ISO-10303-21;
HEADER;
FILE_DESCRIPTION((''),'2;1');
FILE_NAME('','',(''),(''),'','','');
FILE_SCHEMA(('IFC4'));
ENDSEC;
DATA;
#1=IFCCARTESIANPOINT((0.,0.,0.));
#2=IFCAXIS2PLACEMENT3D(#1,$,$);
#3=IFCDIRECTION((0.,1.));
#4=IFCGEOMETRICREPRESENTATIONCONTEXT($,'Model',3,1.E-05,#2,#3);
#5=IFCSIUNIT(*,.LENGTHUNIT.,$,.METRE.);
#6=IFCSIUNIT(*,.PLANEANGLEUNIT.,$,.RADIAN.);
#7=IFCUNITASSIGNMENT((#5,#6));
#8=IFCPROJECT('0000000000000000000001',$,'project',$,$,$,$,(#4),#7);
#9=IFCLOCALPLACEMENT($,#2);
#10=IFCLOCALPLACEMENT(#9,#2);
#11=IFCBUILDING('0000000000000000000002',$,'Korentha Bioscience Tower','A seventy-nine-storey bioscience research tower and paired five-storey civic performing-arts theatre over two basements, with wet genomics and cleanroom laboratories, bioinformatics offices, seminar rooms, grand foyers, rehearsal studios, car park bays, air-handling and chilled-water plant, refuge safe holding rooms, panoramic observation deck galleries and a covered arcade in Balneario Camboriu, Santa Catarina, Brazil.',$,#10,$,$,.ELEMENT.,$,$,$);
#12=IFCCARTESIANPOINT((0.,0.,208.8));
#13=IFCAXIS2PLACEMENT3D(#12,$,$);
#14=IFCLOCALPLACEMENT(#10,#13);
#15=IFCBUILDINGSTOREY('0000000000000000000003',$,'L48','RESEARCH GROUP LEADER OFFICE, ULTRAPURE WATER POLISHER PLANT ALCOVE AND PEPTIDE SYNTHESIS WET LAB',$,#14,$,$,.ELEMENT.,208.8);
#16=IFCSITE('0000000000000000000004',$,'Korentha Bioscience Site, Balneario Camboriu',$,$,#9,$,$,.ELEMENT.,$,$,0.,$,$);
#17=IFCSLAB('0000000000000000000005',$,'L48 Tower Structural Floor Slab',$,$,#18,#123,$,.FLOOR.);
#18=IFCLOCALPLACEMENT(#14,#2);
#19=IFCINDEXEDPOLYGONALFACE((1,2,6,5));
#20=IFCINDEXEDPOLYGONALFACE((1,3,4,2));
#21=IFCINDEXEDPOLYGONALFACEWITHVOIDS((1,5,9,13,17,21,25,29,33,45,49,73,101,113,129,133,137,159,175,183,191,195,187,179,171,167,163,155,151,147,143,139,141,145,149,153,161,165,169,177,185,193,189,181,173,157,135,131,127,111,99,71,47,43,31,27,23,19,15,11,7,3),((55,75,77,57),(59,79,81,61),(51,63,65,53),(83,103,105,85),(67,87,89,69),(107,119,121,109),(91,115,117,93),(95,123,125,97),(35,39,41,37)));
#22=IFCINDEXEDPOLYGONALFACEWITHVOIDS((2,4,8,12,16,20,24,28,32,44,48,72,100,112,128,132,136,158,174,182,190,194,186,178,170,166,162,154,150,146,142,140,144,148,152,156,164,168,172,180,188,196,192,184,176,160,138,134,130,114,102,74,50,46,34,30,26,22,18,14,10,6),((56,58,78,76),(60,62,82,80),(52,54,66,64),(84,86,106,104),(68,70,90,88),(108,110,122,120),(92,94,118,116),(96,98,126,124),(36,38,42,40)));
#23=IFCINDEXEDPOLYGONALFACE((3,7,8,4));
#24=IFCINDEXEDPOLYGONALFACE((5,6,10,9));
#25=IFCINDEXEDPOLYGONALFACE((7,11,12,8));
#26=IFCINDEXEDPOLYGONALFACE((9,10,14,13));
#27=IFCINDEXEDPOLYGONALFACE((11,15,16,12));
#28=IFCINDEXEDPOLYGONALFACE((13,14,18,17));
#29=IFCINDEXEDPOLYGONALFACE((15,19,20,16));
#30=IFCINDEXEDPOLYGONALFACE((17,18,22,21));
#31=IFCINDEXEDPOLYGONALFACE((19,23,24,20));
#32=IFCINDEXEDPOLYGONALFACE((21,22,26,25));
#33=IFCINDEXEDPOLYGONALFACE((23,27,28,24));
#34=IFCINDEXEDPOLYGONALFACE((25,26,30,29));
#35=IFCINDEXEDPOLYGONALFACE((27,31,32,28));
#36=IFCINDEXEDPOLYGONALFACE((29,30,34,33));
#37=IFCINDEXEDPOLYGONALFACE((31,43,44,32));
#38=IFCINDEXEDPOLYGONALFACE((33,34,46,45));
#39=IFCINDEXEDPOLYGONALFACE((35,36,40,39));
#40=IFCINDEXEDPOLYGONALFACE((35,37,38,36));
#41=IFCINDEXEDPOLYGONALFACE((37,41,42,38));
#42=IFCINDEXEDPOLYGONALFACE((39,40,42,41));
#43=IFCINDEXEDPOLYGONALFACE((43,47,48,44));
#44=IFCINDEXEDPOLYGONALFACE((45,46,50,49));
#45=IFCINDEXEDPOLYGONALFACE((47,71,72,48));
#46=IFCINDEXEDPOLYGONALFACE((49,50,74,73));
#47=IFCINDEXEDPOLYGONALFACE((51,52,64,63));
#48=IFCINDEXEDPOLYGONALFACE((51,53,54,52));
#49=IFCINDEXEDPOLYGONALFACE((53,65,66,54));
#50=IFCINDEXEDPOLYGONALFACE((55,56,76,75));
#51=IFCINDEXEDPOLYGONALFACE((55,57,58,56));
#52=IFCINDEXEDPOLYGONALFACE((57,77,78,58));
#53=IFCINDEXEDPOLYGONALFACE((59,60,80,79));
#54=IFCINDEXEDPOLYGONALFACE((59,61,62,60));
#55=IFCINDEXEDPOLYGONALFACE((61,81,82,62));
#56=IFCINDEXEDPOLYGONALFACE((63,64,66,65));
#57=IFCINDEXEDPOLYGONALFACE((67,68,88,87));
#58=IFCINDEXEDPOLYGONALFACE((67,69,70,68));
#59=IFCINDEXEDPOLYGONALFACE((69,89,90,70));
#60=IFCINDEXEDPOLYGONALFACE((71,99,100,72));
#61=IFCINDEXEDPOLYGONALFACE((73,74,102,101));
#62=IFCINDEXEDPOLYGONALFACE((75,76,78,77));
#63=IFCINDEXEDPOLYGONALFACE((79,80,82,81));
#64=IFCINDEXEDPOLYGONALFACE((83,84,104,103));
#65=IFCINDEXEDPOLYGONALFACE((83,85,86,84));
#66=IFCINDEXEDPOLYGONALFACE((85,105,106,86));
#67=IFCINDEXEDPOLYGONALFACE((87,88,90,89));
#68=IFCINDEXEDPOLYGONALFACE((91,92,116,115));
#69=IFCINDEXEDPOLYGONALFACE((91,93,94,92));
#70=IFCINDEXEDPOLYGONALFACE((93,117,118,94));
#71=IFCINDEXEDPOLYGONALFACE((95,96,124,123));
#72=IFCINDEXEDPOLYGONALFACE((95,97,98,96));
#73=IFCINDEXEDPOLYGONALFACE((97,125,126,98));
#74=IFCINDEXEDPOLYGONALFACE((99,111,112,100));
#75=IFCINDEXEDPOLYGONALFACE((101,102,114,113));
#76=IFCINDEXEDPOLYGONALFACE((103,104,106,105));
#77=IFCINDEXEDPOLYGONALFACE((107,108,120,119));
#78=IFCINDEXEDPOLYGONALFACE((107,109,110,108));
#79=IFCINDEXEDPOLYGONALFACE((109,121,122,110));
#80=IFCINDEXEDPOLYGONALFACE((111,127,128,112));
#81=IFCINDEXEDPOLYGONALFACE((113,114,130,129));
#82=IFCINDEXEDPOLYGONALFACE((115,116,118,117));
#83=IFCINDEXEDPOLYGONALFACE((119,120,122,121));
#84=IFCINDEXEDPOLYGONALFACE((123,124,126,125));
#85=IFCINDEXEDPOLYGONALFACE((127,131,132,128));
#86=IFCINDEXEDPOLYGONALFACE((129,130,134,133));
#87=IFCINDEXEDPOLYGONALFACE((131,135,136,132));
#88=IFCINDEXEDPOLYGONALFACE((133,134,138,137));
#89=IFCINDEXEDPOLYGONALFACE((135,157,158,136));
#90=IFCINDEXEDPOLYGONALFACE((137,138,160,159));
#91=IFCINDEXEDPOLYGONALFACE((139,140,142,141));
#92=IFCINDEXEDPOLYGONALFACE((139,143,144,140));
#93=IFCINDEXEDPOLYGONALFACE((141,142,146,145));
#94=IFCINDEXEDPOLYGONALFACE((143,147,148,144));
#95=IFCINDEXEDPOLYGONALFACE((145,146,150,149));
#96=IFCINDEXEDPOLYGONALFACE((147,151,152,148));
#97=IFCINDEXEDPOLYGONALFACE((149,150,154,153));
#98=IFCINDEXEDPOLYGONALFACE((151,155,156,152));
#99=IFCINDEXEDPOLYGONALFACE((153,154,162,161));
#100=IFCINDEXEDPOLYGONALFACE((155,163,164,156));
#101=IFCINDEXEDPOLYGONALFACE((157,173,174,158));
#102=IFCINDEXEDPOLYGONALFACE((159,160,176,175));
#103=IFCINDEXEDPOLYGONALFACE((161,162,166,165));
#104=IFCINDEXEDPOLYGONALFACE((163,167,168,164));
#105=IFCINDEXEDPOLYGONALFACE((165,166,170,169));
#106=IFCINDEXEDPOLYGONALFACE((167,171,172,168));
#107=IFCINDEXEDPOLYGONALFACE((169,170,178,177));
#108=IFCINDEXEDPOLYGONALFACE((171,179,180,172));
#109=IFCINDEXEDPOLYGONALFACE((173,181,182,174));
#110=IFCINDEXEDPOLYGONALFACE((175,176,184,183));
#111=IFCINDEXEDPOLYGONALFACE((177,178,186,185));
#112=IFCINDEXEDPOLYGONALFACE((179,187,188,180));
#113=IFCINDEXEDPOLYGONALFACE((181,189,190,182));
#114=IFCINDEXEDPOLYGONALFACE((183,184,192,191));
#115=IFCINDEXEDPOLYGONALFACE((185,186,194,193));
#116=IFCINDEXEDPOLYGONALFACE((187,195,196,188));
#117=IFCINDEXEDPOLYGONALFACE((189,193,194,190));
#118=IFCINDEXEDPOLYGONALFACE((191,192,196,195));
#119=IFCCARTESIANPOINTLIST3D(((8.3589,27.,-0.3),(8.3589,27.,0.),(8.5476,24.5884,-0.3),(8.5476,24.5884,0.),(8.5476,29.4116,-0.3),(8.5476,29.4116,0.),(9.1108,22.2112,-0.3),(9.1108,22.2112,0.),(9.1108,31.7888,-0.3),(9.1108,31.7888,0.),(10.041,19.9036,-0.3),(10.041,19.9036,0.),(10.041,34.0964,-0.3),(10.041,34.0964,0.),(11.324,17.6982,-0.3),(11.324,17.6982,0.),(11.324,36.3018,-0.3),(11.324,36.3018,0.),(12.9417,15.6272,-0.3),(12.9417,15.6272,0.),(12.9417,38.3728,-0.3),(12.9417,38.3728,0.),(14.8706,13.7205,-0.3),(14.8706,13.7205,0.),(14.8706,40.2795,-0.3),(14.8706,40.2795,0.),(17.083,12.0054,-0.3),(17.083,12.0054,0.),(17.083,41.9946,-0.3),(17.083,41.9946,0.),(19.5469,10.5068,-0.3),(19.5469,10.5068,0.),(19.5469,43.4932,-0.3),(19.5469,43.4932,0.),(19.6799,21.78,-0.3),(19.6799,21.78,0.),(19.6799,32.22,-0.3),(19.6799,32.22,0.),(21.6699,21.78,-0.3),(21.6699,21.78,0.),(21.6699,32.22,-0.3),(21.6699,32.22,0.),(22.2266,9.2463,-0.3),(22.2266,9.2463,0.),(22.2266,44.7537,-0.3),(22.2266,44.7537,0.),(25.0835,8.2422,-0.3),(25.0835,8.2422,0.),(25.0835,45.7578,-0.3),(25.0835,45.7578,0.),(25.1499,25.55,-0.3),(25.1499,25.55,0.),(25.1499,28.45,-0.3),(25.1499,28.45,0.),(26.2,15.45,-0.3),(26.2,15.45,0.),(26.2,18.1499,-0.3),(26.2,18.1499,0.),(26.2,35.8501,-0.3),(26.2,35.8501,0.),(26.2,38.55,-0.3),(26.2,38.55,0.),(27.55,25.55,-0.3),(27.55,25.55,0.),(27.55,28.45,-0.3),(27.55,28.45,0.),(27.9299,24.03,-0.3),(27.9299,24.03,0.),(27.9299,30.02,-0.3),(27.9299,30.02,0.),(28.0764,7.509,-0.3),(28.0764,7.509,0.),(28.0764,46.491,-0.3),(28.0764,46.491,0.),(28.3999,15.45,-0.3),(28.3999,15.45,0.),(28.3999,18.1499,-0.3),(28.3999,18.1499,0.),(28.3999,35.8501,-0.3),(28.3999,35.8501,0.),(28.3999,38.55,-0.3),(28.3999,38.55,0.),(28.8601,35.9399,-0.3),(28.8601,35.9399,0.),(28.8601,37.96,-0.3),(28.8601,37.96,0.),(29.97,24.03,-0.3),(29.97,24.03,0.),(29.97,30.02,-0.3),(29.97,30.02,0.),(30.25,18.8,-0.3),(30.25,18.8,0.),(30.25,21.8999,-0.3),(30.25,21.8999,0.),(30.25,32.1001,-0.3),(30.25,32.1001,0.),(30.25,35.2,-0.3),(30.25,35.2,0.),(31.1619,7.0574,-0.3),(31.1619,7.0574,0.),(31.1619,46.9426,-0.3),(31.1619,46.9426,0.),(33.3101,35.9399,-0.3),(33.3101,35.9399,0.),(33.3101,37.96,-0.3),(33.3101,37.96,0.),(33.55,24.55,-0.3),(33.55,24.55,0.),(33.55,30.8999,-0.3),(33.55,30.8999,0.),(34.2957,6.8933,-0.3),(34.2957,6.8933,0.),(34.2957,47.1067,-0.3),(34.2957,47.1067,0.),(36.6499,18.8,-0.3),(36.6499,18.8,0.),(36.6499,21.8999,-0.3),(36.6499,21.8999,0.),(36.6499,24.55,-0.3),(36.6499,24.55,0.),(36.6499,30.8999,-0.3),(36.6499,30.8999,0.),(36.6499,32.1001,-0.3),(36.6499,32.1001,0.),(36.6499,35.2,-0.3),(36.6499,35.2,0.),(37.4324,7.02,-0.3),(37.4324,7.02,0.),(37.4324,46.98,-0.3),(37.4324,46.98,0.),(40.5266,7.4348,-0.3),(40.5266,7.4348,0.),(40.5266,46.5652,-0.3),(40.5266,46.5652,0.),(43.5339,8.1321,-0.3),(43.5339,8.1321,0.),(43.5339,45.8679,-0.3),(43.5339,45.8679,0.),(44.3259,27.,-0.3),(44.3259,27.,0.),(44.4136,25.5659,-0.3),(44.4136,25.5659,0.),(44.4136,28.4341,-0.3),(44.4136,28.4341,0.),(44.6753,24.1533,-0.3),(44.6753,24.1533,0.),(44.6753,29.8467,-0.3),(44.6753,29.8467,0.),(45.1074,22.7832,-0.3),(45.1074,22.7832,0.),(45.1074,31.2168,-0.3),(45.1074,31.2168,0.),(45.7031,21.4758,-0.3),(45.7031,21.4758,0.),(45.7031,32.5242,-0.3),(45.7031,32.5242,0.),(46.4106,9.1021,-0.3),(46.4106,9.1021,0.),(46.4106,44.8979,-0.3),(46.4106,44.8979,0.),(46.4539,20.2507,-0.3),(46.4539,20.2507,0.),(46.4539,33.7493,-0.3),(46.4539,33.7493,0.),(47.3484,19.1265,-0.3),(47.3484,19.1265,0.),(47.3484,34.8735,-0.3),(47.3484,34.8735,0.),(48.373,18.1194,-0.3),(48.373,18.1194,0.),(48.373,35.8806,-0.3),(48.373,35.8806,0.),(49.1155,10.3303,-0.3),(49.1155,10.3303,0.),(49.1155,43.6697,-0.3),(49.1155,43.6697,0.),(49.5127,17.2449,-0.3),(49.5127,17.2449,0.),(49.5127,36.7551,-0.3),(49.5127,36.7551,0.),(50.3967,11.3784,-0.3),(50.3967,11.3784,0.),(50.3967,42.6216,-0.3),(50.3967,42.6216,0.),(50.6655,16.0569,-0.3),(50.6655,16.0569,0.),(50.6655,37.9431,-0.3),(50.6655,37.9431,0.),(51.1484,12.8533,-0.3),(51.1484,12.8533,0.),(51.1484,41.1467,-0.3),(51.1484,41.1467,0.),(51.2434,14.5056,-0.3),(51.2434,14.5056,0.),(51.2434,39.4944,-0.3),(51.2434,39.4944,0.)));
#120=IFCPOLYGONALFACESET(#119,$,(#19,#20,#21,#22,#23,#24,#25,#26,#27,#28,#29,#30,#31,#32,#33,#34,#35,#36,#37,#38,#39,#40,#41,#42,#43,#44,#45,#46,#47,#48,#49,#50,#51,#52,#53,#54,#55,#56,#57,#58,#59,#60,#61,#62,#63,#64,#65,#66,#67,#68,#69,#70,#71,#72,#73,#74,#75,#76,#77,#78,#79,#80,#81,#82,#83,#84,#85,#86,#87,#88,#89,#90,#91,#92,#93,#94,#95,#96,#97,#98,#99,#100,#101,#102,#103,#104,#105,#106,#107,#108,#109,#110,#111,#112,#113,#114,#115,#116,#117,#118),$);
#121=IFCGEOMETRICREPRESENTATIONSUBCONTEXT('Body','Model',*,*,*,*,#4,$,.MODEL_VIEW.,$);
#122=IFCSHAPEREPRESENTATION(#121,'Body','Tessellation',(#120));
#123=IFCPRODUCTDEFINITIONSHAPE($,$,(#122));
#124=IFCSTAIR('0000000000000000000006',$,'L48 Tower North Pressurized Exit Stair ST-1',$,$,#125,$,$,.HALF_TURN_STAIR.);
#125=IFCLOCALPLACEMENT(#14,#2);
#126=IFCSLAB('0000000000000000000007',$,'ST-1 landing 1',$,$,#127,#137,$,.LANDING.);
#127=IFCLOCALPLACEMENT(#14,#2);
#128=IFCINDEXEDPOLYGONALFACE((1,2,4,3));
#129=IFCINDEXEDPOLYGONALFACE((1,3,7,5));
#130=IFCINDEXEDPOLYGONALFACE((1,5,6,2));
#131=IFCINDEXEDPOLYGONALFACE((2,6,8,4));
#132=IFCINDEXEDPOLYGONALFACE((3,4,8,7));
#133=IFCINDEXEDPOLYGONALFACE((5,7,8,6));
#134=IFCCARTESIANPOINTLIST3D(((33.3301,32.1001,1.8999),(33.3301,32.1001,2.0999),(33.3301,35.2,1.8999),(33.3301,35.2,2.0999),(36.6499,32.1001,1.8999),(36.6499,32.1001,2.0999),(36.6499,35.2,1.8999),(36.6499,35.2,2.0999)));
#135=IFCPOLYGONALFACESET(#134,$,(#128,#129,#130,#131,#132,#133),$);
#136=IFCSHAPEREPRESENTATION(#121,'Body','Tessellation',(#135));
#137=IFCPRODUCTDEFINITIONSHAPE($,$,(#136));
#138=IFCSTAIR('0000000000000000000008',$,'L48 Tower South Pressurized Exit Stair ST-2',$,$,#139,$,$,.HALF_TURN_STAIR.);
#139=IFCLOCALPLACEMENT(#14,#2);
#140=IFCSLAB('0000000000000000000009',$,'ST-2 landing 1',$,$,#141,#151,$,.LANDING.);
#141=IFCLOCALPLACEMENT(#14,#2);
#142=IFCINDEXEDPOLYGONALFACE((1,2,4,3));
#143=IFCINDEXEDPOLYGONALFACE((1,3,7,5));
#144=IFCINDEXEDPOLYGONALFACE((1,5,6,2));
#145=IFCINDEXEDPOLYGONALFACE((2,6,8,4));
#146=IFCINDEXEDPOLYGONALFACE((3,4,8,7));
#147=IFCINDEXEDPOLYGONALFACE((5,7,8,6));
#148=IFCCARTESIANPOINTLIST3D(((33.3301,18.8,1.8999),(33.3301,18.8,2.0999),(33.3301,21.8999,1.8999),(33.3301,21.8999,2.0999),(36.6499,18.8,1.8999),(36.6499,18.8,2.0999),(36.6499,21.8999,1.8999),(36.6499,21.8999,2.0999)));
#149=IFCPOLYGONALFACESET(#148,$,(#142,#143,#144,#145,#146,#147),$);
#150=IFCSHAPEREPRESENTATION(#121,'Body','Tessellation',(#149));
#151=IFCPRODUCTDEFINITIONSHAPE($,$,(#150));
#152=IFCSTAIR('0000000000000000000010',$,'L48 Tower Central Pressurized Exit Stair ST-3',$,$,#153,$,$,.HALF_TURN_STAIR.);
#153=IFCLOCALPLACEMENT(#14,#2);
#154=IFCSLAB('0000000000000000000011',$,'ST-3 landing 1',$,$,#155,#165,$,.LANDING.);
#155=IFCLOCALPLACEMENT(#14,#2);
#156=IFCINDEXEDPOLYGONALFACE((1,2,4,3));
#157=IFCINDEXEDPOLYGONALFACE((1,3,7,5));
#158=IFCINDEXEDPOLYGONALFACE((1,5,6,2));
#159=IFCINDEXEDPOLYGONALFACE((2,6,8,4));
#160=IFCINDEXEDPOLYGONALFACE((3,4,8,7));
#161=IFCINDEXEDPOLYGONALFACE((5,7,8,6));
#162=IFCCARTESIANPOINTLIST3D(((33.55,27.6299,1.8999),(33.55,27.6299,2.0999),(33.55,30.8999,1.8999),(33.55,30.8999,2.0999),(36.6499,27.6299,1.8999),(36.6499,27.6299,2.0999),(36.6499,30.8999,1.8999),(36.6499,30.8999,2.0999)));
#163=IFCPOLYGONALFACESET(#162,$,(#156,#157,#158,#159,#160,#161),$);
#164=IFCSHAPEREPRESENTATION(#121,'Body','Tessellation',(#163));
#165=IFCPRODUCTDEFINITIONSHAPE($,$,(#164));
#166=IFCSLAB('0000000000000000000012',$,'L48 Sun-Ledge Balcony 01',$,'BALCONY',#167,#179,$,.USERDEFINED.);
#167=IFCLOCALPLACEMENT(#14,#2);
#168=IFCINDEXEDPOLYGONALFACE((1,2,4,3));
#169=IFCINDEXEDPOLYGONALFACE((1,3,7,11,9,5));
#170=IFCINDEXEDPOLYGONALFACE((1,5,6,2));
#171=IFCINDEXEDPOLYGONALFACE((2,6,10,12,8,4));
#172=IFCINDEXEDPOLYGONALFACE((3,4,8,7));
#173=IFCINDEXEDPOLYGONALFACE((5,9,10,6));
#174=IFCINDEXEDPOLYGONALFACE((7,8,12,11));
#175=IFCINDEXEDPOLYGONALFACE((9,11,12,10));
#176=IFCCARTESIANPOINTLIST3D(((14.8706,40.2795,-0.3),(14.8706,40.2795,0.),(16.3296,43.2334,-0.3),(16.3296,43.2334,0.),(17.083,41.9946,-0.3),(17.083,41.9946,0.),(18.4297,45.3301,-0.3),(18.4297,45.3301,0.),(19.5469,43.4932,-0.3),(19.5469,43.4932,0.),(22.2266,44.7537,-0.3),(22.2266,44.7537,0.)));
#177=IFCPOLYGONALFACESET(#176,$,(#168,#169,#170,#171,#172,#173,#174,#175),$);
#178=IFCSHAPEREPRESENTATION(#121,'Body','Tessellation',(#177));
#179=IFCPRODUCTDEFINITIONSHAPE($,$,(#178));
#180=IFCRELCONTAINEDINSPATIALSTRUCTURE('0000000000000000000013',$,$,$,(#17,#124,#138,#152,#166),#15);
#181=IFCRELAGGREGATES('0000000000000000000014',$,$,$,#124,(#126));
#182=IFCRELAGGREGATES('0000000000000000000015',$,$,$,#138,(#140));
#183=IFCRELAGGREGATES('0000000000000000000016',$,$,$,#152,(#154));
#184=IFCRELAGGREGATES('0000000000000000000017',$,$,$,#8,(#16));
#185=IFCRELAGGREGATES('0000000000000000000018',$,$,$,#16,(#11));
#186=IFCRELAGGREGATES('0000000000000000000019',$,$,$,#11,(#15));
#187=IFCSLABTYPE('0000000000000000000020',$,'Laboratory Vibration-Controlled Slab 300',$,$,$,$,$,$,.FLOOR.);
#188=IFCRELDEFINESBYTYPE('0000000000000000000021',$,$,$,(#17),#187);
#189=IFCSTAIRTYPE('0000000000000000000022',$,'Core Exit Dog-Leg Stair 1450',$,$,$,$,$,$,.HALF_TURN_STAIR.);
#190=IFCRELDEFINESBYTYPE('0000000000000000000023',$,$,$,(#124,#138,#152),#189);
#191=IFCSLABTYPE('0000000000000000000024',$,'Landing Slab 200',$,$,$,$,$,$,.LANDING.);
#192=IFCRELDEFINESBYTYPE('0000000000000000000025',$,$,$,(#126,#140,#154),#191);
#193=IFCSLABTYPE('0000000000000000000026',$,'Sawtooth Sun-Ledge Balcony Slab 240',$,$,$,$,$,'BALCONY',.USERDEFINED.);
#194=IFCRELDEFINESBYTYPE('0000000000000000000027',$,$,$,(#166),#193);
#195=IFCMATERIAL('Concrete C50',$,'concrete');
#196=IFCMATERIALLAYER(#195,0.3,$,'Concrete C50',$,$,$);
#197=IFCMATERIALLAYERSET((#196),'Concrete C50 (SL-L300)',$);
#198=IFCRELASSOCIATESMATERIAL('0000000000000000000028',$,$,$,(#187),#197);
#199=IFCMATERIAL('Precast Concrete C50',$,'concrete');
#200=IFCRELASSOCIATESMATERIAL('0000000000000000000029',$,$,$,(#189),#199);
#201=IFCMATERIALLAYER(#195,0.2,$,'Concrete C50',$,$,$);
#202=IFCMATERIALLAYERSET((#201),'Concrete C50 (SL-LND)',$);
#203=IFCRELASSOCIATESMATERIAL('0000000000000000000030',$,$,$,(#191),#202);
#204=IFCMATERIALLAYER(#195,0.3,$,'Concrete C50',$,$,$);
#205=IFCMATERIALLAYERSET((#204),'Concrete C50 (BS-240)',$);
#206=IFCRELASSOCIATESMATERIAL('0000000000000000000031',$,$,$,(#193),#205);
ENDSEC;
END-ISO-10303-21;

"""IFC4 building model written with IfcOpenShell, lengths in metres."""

from ifc_helpers import new_model, si_unit, direction, frame, origin, place, context, subcontext, project, spatial, polyline, outline, extrude, material, layer, layer_set, type_object, element, aggregate, save


model = new_model("IFC4")

# Units and contexts
model_context = context("Model", 3, precision=1e-05, world=origin(), true_north=direction((0.0, 1.0)))
body_context = subcontext(model_context, "Body", "Model", "MODEL_VIEW")
ifc_project = project(units=[si_unit("LENGTHUNIT", "METRE"), si_unit("PLANEANGLEUNIT", "RADIAN")], contexts=[model_context])

# Site, building, storey
site_placement = place(None, origin())
site = spatial("IfcSite", under=ifc_project, at=site_placement, Name="Korentha Bioscience Site, Balneario Camboriu", CompositionType="ELEMENT", RefElevation=0.0)
building_placement = place(site_placement, origin())
building = spatial("IfcBuilding", under=site, at=building_placement, Name="Korentha Bioscience Tower", Description="A seventy-nine-storey bioscience research tower and paired five-storey civic performing-arts theatre over two basements, with wet genomics and cleanroom laboratories, bioinformatics offices, seminar rooms, grand foyers, rehearsal studios, car park bays, air-handling and chilled-water plant, refuge safe holding rooms, panoramic observation deck galleries and a covered arcade in Balneario Camboriu, Santa Catarina, Brazil.", CompositionType="ELEMENT")
storey_placement = place(building_placement, frame((0.0, 0.0, 208.8)))
storey = spatial("IfcBuildingStorey", under=building, at=storey_placement, Name="L48", Description="RESEARCH GROUP LEADER OFFICE, ULTRAPURE WATER POLISHER PLANT ALCOVE AND PEPTIDE SYNTHESIS WET LAB", CompositionType="ELEMENT", Elevation=208.8)

# Slab
ifc_material_1 = material(Name="Concrete C50", Category="concrete")
ifc_layer_1 = layer(ifc_material_1, 0.3, Name="Concrete C50")
ifc_layer_set_1 = layer_set([ifc_layer_1], Name="Concrete C50 (SL-L300)")
slab_type_1 = type_object("IfcSlabType", Name="Laboratory Vibration-Controlled Slab 300", PredefinedType="FLOOR", material=ifc_layer_set_1)
slab_1_placement = place(storey_placement, frame((0.0, 0.0, -0.3)))
element("IfcSlab", 1, at=slab_1_placement, inside=storey, type_object=slab_type_1, Name="L48 Tower Structural Floor Slab", PredefinedType="FLOOR", context=body_context, shape_type="SweptSolid", body=[
    extrude(outline(polyline([(49.1155, 43.6697), (46.4106, 44.8979), (43.5339, 45.8679), (40.5266, 46.5652), (37.4324, 46.98), (34.2957, 47.1067), (31.1619, 46.9426), (28.0764, 46.491), (25.0835, 45.7578), (22.2266, 44.7537), (19.5469, 43.4932), (17.083, 41.9946), (14.8706, 40.2795), (12.9417, 38.3728), (11.324, 36.3018), (10.041, 34.0964), (9.1108, 31.7888), (8.5476, 29.4116), (8.3589, 27.0), (8.5476, 24.5884), (9.1108, 22.2112), (10.041, 19.9036), (11.324, 17.6982), (12.9417, 15.6272), (14.8706, 13.7205), (17.083, 12.0054), (19.5469, 10.5068), (22.2266, 9.2463), (25.0835, 8.2422), (28.0764, 7.509), (31.1619, 7.0574), (34.2957, 6.8933), (37.4324, 7.02), (40.5266, 7.4348), (43.5339, 8.1321), (46.4106, 9.1021), (49.1155, 10.3303), (50.3967, 11.3784), (51.1484, 12.8533), (51.2434, 14.5056), (50.6655, 16.0569), (49.5127, 17.2449), (48.373, 18.1194), (47.3484, 19.1265), (46.4539, 20.2507), (45.7031, 21.4758), (45.1074, 22.7832), (44.6753, 24.1533), (44.4136, 25.5659), (44.3259, 27.0), (44.4136, 28.4341), (44.6753, 29.8467), (45.1074, 31.2168), (45.7031, 32.5242), (46.4539, 33.7493), (47.3484, 34.8735), (48.373, 35.8806), (49.5127, 36.7551), (50.6655, 37.9431), (51.2434, 39.4944), (51.1484, 41.1467), (50.3967, 42.6216), (49.1155, 43.6697)]), holes=[polyline([(30.25, 32.1001), (36.6499, 32.1001), (36.6499, 35.2), (30.25, 35.2), (30.25, 32.1001)]), polyline([(30.25, 18.8), (36.6499, 18.8), (36.6499, 21.8999), (30.25, 21.8999), (30.25, 18.8)]), polyline([(36.6499, 24.55), (36.6499, 30.8999), (33.55, 30.8999), (33.55, 24.55), (36.6499, 24.55)]), polyline([(19.6799, 21.78), (21.6699, 21.78), (21.6699, 32.22), (19.6799, 32.22), (19.6799, 21.78)]), polyline([(27.9299, 24.03), (29.97, 24.03), (29.97, 30.02), (27.9299, 30.02), (27.9299, 24.03)]), polyline([(28.8601, 35.9399), (33.3101, 35.9399), (33.3101, 37.96), (28.8601, 37.96), (28.8601, 35.9399)]), polyline([(26.2, 15.45), (28.3999, 15.45), (28.3999, 18.1499), (26.2, 18.1499), (26.2, 15.45)]), polyline([(26.2, 35.8501), (28.3999, 35.8501), (28.3999, 38.55), (26.2, 38.55), (26.2, 35.8501)]), polyline([(25.1499, 25.55), (27.55, 25.55), (27.55, 28.45), (25.1499, 28.45), (25.1499, 25.55)])]), origin(), (0.0, 0.0, 1.0), 0.3),
])

# Stairs, slabs
ifc_material_2 = material(Name="Precast Concrete C50", Category="concrete")
stair_type = type_object("IfcStairType", Name="Core Exit Dog-Leg Stair 1450", PredefinedType="HALF_TURN_STAIR", material=ifc_material_2)
stair_1_placement = place(storey_placement, origin())
stair_1 = element("IfcStair", 2, at=stair_1_placement, inside=storey, type_object=stair_type, Name="L48 Tower North Pressurized Exit Stair ST-1", PredefinedType="HALF_TURN_STAIR")
ifc_layer_2 = layer(ifc_material_1, 0.2, Name="Concrete C50")
ifc_layer_set_2 = layer_set([ifc_layer_2], Name="Concrete C50 (SL-LND)")
slab_type_2 = type_object("IfcSlabType", Name="Landing Slab 200", PredefinedType="LANDING", material=ifc_layer_set_2)
slab_2_placement = place(storey_placement, frame((0.0, 0.0, 1.8999)))
slab_2 = element("IfcSlab", 3, at=slab_2_placement, type_object=slab_type_2, Name="ST-1 landing 1", PredefinedType="LANDING", context=body_context, shape_type="SweptSolid", body=[
    extrude(outline(polyline([(33.3301, 32.1001), (36.6499, 32.1001), (36.6499, 35.2), (33.3301, 35.2), (33.3301, 32.1001)])), origin(), (0.0, 0.0, 1.0), 0.2),
])
aggregate(stair_1, [slab_2])
stair_2_placement = place(storey_placement, origin())
stair_2 = element("IfcStair", 4, at=stair_2_placement, inside=storey, type_object=stair_type, Name="L48 Tower South Pressurized Exit Stair ST-2", PredefinedType="HALF_TURN_STAIR")
slab_3_placement = place(storey_placement, frame((0.0, 0.0, 1.8999)))
slab_3 = element("IfcSlab", 5, at=slab_3_placement, type_object=slab_type_2, Name="ST-2 landing 1", PredefinedType="LANDING", context=body_context, shape_type="SweptSolid", body=[
    extrude(outline(polyline([(33.3301, 18.8), (36.6499, 18.8), (36.6499, 21.8999), (33.3301, 21.8999), (33.3301, 18.8)])), origin(), (0.0, 0.0, 1.0), 0.2),
])
aggregate(stair_2, [slab_3])
stair_3_placement = place(storey_placement, origin())
stair_3 = element("IfcStair", 6, at=stair_3_placement, inside=storey, type_object=stair_type, Name="L48 Tower Central Pressurized Exit Stair ST-3", PredefinedType="HALF_TURN_STAIR")
slab_4_placement = place(storey_placement, frame((0.0, 0.0, 1.8999)))
slab_4 = element("IfcSlab", 7, at=slab_4_placement, type_object=slab_type_2, Name="ST-3 landing 1", PredefinedType="LANDING", context=body_context, shape_type="SweptSolid", body=[
    extrude(outline(polyline([(36.6499, 27.6299), (36.6499, 30.8999), (33.55, 30.8999), (33.55, 27.6299), (36.6499, 27.6299)])), origin(), (0.0, 0.0, 1.0), 0.2),
])
aggregate(stair_3, [slab_4])

# Slab
ifc_layer_3 = layer(ifc_material_1, 0.3, Name="Concrete C50")
ifc_layer_set_3 = layer_set([ifc_layer_3], Name="Concrete C50 (BS-240)")
slab_type_3 = type_object("IfcSlabType", Name="Sawtooth Sun-Ledge Balcony Slab 240", ElementType="BALCONY", PredefinedType="USERDEFINED", material=ifc_layer_set_3)
slab_5_placement = place(storey_placement, frame((0.0, 0.0, -0.3)))
element("IfcSlab", 8, at=slab_5_placement, inside=storey, type_object=slab_type_3, Name="L48 Sun-Ledge Balcony 01", ObjectType="BALCONY", PredefinedType="USERDEFINED", context=body_context, shape_type="SweptSolid", body=[
    extrude(outline(polyline([(14.8706, 40.2795), (17.083, 41.9946), (19.5469, 43.4932), (22.2266, 44.7537), (18.4297, 45.3301), (16.3296, 43.2334), (14.8706, 40.2795)])), origin(), (0.0, 0.0, 1.0), 0.3),
])

save(model, "model.ifc")
